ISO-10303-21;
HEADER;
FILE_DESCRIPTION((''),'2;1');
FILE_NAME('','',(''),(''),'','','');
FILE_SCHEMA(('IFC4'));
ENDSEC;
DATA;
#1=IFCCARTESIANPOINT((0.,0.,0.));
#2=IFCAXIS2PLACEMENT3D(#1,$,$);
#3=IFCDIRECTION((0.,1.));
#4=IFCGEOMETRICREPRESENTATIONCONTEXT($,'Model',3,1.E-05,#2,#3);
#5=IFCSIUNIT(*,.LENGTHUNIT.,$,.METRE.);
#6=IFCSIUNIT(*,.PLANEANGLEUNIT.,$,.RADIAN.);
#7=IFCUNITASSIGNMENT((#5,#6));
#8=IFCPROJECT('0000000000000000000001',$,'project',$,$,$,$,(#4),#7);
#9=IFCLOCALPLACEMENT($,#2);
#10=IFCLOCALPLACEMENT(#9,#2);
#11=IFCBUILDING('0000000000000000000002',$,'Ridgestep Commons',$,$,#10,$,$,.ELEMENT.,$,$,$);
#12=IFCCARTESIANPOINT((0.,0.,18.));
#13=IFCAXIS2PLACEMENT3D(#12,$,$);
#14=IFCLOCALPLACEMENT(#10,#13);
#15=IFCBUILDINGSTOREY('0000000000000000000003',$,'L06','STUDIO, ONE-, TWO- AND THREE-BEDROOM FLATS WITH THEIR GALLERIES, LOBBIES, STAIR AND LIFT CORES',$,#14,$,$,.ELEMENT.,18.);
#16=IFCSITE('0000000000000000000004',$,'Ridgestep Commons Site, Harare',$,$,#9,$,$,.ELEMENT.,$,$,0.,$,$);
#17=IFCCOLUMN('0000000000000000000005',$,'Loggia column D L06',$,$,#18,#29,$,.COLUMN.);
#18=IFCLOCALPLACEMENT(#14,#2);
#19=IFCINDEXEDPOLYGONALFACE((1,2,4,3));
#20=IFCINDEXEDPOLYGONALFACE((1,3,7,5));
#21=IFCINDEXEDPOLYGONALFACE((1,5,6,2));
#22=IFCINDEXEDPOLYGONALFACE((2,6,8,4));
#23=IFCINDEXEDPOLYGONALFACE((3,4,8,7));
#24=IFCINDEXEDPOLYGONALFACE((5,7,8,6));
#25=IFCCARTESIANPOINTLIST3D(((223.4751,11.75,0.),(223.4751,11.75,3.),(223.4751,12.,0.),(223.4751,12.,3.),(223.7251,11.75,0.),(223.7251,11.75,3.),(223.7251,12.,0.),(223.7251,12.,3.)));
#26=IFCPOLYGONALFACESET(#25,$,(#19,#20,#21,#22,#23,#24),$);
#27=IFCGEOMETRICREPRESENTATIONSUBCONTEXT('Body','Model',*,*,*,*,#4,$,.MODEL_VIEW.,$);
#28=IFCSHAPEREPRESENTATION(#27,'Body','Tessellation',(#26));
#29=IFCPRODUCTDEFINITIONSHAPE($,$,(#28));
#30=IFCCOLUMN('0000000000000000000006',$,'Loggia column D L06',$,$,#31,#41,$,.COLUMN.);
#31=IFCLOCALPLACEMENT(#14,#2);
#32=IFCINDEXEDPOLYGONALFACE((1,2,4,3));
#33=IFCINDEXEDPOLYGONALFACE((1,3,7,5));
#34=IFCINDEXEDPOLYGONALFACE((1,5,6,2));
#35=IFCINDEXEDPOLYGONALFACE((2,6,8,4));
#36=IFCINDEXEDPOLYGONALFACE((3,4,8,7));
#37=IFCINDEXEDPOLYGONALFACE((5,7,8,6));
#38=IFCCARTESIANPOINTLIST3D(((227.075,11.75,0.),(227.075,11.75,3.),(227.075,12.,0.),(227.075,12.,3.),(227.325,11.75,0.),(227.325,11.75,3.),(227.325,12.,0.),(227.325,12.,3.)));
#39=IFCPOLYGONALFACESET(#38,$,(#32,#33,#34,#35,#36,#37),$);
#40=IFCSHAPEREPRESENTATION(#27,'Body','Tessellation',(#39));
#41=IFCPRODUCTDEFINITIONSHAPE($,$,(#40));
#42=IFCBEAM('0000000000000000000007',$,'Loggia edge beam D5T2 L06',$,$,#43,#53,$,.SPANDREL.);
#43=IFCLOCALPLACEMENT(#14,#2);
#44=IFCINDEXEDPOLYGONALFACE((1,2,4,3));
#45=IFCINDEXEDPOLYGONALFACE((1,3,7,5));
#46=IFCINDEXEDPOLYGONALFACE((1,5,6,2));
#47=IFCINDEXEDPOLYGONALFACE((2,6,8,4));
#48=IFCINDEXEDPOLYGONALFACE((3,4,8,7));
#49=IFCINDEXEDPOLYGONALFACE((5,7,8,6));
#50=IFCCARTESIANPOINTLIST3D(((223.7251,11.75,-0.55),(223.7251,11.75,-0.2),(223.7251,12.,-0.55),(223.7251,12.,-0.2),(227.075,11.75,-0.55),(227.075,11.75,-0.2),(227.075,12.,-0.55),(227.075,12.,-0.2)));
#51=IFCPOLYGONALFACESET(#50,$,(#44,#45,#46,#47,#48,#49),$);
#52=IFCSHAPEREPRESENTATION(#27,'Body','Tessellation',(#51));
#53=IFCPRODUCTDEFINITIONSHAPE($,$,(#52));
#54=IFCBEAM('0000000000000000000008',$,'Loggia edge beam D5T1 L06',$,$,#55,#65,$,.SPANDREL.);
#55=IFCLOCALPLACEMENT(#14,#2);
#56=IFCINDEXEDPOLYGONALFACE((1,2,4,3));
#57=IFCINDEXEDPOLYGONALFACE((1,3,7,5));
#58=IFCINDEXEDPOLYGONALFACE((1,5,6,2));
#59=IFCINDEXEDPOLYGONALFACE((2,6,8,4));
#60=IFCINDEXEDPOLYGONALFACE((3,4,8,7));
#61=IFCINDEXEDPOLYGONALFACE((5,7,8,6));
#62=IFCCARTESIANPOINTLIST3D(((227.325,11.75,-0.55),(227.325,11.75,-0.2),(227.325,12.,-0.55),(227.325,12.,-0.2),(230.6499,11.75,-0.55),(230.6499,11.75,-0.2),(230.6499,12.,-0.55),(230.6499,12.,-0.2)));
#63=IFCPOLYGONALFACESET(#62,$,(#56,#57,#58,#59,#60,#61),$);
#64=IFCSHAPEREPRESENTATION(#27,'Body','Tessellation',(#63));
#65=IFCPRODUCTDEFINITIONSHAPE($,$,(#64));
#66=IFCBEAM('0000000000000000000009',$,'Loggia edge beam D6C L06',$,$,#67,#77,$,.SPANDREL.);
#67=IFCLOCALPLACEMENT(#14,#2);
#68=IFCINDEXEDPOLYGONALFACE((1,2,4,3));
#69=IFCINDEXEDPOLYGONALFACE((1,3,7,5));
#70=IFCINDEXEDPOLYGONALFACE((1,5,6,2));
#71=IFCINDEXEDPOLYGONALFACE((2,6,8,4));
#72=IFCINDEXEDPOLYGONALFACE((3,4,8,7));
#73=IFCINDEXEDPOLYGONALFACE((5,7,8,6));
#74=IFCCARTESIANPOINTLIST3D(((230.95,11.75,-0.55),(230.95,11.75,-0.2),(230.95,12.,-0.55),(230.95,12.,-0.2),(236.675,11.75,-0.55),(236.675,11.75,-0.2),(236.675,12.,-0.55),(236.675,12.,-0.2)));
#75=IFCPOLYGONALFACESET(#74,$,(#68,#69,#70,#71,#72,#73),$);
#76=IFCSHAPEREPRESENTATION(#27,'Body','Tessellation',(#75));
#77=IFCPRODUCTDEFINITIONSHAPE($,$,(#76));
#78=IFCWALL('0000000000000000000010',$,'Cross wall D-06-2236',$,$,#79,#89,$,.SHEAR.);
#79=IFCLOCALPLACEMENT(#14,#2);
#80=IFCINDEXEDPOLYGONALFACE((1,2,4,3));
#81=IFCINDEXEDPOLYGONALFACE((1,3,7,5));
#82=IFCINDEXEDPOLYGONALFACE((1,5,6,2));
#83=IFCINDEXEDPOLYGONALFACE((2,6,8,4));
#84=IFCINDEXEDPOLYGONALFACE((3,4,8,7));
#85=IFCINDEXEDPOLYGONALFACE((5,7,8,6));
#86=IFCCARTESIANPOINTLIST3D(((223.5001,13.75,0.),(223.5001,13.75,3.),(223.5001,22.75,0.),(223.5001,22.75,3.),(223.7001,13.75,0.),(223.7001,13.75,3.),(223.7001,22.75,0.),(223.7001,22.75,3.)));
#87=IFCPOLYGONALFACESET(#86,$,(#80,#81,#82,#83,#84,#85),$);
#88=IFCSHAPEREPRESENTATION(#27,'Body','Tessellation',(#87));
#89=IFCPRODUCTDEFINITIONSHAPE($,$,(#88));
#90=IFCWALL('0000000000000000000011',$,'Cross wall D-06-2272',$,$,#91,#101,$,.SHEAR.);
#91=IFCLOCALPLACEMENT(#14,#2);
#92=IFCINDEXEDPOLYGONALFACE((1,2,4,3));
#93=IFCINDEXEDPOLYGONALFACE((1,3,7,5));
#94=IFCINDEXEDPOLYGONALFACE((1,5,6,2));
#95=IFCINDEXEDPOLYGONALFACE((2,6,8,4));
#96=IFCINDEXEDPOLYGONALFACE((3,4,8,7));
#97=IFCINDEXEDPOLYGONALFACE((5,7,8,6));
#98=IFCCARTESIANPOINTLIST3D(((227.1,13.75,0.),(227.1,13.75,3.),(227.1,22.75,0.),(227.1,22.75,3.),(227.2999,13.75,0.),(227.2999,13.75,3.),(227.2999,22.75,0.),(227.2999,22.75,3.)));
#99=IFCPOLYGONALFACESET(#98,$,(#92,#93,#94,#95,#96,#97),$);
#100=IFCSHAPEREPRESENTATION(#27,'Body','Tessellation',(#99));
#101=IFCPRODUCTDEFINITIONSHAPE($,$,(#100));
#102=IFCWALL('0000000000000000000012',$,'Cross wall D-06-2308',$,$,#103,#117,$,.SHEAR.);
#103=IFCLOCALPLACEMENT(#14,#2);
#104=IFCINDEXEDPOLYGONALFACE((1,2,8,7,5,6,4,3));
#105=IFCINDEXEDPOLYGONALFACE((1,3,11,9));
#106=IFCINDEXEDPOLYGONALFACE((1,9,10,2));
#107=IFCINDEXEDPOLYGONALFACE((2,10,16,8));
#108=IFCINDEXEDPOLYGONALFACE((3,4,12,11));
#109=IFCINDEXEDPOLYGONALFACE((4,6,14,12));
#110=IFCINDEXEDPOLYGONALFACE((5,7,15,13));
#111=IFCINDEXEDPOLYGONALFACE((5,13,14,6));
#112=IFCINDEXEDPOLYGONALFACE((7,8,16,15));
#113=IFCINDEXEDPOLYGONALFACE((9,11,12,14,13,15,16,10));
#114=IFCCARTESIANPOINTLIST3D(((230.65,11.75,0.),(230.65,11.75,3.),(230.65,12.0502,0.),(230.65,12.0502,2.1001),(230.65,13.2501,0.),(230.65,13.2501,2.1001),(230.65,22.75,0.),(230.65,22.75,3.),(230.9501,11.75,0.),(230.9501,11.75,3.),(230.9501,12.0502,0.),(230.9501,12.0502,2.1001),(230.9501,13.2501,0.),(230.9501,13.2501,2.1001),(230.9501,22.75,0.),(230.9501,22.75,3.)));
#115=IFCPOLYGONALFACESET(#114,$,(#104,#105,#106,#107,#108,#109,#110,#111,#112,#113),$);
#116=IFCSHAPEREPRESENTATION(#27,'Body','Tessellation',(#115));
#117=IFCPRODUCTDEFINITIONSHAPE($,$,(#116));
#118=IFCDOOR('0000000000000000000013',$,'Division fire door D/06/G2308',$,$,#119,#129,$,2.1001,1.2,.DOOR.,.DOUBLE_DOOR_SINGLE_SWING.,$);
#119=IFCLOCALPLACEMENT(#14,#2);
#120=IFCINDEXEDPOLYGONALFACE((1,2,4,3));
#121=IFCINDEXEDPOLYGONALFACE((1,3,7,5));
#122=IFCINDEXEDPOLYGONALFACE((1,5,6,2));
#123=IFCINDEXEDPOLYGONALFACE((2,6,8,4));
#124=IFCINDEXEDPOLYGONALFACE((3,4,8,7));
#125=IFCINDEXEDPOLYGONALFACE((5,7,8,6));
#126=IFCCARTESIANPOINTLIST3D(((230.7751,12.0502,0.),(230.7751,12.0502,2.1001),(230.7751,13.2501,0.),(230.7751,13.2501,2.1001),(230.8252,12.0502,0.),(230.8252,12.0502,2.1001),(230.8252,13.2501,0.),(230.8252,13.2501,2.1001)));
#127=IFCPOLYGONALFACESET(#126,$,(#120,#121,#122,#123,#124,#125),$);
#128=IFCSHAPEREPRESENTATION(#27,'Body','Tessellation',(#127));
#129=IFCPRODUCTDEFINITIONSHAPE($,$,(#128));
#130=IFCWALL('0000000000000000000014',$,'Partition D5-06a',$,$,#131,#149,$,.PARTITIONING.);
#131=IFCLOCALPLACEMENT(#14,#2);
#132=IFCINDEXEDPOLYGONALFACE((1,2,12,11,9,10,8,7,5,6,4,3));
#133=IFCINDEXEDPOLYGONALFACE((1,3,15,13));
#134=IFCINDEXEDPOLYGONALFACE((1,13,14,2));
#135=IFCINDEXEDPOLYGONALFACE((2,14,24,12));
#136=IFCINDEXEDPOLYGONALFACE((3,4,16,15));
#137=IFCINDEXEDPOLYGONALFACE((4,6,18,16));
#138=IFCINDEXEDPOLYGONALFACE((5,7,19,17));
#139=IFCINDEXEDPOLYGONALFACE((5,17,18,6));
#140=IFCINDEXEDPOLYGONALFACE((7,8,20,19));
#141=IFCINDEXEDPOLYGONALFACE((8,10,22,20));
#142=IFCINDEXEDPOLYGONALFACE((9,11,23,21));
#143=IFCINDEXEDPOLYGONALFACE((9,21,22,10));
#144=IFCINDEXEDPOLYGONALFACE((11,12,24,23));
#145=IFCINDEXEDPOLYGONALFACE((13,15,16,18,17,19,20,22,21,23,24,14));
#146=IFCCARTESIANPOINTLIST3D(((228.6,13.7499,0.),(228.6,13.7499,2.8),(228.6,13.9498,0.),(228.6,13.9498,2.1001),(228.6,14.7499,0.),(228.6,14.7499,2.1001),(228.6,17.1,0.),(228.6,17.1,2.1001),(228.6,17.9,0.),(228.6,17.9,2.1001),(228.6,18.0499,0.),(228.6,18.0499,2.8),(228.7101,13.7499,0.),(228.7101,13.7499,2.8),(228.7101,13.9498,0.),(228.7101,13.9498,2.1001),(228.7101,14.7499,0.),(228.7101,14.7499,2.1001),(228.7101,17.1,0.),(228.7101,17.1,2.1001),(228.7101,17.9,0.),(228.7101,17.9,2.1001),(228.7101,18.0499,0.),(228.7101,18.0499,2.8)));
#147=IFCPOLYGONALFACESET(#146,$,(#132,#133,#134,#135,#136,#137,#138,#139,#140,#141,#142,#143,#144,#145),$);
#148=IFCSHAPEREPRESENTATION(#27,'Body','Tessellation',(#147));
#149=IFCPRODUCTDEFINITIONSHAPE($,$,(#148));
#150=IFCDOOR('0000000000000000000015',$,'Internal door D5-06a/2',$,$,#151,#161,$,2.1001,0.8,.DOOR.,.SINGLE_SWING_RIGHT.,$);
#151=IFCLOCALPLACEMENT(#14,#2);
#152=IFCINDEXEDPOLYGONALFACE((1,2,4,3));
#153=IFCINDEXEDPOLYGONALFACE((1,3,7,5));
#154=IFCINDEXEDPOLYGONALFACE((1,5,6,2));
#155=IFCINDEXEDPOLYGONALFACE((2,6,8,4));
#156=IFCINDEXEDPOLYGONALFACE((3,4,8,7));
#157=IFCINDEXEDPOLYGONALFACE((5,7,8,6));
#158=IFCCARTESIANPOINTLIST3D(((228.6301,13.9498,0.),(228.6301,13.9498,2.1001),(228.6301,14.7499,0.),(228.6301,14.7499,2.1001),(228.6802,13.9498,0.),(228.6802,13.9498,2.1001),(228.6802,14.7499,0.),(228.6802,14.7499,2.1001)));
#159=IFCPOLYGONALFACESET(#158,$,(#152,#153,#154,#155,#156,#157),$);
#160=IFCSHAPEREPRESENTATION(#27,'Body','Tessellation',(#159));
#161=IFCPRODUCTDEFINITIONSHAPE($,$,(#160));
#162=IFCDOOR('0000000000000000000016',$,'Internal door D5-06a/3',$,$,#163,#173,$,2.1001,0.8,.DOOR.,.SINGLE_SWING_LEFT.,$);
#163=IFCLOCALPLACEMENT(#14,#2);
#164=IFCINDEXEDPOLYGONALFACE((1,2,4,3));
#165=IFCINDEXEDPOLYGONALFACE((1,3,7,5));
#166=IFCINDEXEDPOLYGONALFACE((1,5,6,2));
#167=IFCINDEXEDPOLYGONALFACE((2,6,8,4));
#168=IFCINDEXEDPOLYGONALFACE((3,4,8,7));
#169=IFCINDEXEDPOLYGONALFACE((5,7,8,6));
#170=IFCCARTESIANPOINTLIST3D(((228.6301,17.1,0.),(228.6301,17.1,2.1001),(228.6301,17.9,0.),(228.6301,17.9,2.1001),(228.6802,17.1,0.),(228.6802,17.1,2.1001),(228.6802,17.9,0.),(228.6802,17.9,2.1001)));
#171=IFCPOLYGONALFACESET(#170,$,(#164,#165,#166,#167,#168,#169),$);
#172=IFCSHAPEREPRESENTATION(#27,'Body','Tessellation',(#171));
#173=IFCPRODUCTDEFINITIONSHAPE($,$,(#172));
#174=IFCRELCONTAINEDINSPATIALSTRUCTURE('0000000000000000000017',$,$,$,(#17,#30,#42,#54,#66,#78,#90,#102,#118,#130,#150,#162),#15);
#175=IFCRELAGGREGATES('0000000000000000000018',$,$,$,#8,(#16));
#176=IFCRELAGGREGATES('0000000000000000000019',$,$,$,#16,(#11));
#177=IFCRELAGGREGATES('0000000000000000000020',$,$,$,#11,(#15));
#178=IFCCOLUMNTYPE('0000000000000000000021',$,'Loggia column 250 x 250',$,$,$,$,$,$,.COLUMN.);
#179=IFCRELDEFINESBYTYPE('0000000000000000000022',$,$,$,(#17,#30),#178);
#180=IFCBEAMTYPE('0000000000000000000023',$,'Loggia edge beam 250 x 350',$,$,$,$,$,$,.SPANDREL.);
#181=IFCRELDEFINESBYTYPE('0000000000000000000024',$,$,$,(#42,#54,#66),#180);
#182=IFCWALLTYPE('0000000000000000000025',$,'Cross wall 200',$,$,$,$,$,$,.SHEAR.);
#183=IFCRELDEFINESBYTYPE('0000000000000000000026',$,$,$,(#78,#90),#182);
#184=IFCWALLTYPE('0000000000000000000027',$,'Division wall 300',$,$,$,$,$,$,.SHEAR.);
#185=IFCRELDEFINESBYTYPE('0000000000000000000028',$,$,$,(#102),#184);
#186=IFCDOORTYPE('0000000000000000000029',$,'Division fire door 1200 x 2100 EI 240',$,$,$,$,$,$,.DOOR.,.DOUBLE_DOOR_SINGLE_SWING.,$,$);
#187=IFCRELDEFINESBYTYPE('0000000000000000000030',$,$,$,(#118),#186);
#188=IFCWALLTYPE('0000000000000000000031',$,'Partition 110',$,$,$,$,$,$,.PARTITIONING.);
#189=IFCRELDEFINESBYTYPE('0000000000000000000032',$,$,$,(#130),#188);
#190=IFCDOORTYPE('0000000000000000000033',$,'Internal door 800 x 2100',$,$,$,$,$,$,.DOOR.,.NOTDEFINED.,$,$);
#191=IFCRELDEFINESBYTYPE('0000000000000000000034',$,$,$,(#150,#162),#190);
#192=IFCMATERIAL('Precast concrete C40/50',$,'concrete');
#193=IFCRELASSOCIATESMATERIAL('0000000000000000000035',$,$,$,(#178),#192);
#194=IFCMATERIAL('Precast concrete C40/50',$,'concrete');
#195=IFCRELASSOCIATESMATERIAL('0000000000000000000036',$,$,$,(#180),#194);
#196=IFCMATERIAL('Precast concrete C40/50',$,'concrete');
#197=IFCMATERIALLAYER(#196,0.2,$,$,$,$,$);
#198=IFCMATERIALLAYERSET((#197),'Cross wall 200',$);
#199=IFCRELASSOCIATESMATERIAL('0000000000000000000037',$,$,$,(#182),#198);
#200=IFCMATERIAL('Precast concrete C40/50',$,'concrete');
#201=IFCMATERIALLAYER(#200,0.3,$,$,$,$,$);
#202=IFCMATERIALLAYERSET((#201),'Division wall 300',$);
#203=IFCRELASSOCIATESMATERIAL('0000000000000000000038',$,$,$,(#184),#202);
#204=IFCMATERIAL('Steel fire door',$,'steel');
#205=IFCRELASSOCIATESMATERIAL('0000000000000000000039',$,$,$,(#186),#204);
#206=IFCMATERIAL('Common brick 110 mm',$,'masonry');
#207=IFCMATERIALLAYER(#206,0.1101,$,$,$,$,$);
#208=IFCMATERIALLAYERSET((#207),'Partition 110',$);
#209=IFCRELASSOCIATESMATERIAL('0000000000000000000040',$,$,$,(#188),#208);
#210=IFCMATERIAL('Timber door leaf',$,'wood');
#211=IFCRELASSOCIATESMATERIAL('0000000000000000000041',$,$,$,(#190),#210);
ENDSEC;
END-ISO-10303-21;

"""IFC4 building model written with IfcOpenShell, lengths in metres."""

from ifc_helpers import new_model, si_unit, direction, frame, frame_2d, origin, origin_2d, place, context, subcontext, project, spatial, rectangle, extrude, material, layer, layer_set, material_profile, profile_set, type_object, element, fill, save


model = new_model("IFC4")

# Units and contexts
model_context = context("Model", 3, precision=1e-05, world=origin(), true_north=direction((0.0, 1.0)))
body_context = subcontext(model_context, "Body", "Model", "MODEL_VIEW")
ifc_project = project(units=[si_unit("LENGTHUNIT", "METRE"), si_unit("PLANEANGLEUNIT", "RADIAN")], contexts=[model_context])

# Site, building, storey
site_placement = place(None, origin())
site = spatial("IfcSite", under=ifc_project, at=site_placement, Name="Ridgestep Commons Site, Harare", CompositionType="ELEMENT", RefElevation=0.0)
building_placement = place(site_placement, origin())
building = spatial("IfcBuilding", under=site, at=building_placement, Name="Ridgestep Commons", CompositionType="ELEMENT")
storey_placement = place(building_placement, frame((0.0, 0.0, 18.0)))
storey = spatial("IfcBuildingStorey", under=building, at=storey_placement, Name="L06", Description="STUDIO, ONE-, TWO- AND THREE-BEDROOM FLATS WITH THEIR GALLERIES, LOBBIES, STAIR AND LIFT CORES", CompositionType="ELEMENT", Elevation=18.0)

# Columns
ifc_material_1 = material(Name="Precast concrete C40/50", Category="concrete")
ifc_material_profile_1 = material_profile(ifc_material_1, rectangle(XDim=0.25, YDim=0.25, at=origin_2d()), Name="PC 250x250")
ifc_profile_set_1 = profile_set([ifc_material_profile_1], Name="Precast concrete C40/50")
column_type = type_object("IfcColumnType", Name="Loggia column 250 x 250", PredefinedType="COLUMN", material=ifc_profile_set_1)
for number, where, z_axis, x_axis, name in (
    (1, (223.6001, 11.875, 0.0), (0.0, 0.0, 1.0), (1.0, 0.0, 0.0), "Loggia column D L06"),
    (2, (227.2, 11.875, 0.0), (0.0, 0.0, 1.0), (1.0, 0.0, 0.0), "Loggia column D L06"),
):
    element("IfcColumn", number, at=place(storey_placement, frame(where, z_axis=z_axis, x_axis=x_axis)), inside=storey, type_object=column_type, Name=name, PredefinedType="COLUMN", context=body_context, shape_type="SweptSolid", body=[
        extrude(rectangle(XDim=0.25, YDim=0.25, at=origin_2d()), origin(), (0.0, 0.0, 1.0), 3.0),
    ])

# Beams
ifc_material_2 = material(Name="Precast concrete C40/50", Category="concrete")
ifc_material_profile_2 = material_profile(ifc_material_2, rectangle(XDim=0.25, YDim=0.3501, at=origin_2d()), Name="PC 250x350")
ifc_profile_set_2 = profile_set([ifc_material_profile_2], Name="Precast concrete C40/50")
beam_type = type_object("IfcBeamType", Name="Loggia edge beam 250 x 350", PredefinedType="SPANDREL", material=ifc_profile_set_2)
beam_1_placement = place(storey_placement, frame((223.7251, 11.875, -0.375), z_axis=(1.0, 0.0, 0.0), x_axis=(0.0, 1.0, 0.0)))
element("IfcBeam", 3, at=beam_1_placement, inside=storey, type_object=beam_type, Name="Loggia edge beam D5T2 L06", PredefinedType="SPANDREL", context=body_context, shape_type="SweptSolid", body=[
    extrude(rectangle(XDim=0.25, YDim=0.3501, at=origin_2d()), origin(), (0.0, 0.0, 1.0), 3.3499),
])
beam_2_placement = place(storey_placement, frame((227.325, 11.875, -0.375), z_axis=(1.0, 0.0, 0.0), x_axis=(0.0, 1.0, 0.0)))
element("IfcBeam", 4, at=beam_2_placement, inside=storey, type_object=beam_type, Name="Loggia edge beam D5T1 L06", PredefinedType="SPANDREL", context=body_context, shape_type="SweptSolid", body=[
    extrude(rectangle(XDim=0.25, YDim=0.3501, at=origin_2d()), origin(), (0.0, 0.0, 1.0), 3.325),
])
beam_3_placement = place(storey_placement, frame((230.95, 11.875, -0.375), z_axis=(1.0, 0.0, 0.0), x_axis=(0.0, 1.0, 0.0)))
element("IfcBeam", 5, at=beam_3_placement, inside=storey, type_object=beam_type, Name="Loggia edge beam D6C L06", PredefinedType="SPANDREL", context=body_context, shape_type="SweptSolid", body=[
    extrude(rectangle(XDim=0.25, YDim=0.3501, at=origin_2d()), origin(), (0.0, 0.0, 1.0), 5.7251),
])

# Walls
ifc_material_3 = material(Name="Precast concrete C40/50", Category="concrete")
ifc_layer_1 = layer(ifc_material_3, 0.2)
ifc_layer_set_1 = layer_set([ifc_layer_1], Name="Cross wall 200")
wall_type_1 = type_object("IfcWallType", Name="Cross wall 200", PredefinedType="SHEAR", material=ifc_layer_set_1)
for number, where, z_axis, x_axis, name in (
    (6, (223.6001, 13.75, 0.0), (0.0, 0.0, 1.0), (0.0, 1.0, 0.0), "Cross wall D-06-2236"),
    (7, (227.2, 13.75, 0.0), (0.0, 0.0, 1.0), (0.0, 1.0, 0.0), "Cross wall D-06-2272"),
):
    element("IfcWall", number, at=place(storey_placement, frame(where, z_axis=z_axis, x_axis=x_axis)), inside=storey, type_object=wall_type_1, Name=name, PredefinedType="SHEAR", context=body_context, shape_type="SweptSolid", body=[
        extrude(rectangle(XDim=9.0, YDim=0.2, at=frame_2d((4.5, 0.0))), origin(), (0.0, 0.0, 1.0), 3.0),
    ])

# Wall, opening, door
ifc_material_4 = material(Name="Precast concrete C40/50", Category="concrete")
ifc_layer_2 = layer(ifc_material_4, 0.3)
ifc_layer_set_2 = layer_set([ifc_layer_2], Name="Division wall 300")
wall_type_2 = type_object("IfcWallType", Name="Division wall 300", PredefinedType="SHEAR", material=ifc_layer_set_2)
wall_1_placement = place(storey_placement, frame((230.8, 11.75, 0.0), z_axis=(0.0, 0.0, 1.0), x_axis=(0.0, 1.0, 0.0)))
wall_1 = element("IfcWall", 8, at=wall_1_placement, inside=storey, type_object=wall_type_2, Name="Cross wall D-06-2308", PredefinedType="SHEAR", context=body_context, shape_type="SweptSolid", body=[
    extrude(rectangle(XDim=11.0, YDim=0.3, at=frame_2d((5.5, 0.0))), origin(), (0.0, 0.0, 1.0), 3.0),
])
opening_1_placement = place(wall_1_placement, frame((0.3, 0.0, 0.0)))
opening_1 = element("IfcOpeningElement", 9, at=opening_1_placement, cuts=wall_1, PredefinedType="OPENING", context=body_context, shape_type="SweptSolid", body=[
    extrude(rectangle(XDim=1.2, YDim=2.1001, at=frame_2d((0.6001, 1.05))), frame((0.0, 0.1599, 0.0), z_axis=(0.0, -1.0, 0.0), x_axis=(1.0, 0.0, 0.0)), (0.0, 0.0, 1.0), 0.3201),
])
ifc_material_5 = material(Name="Steel fire door", Category="steel")
door_type_1 = type_object("IfcDoorType", Name="Division fire door 1200 x 2100 EI 240", OperationType="DOUBLE_DOOR_SINGLE_SWING", PredefinedType="DOOR", material=ifc_material_5)
door_1_placement = place(opening_1_placement, origin())
door_1 = element("IfcDoor", 10, at=door_1_placement, inside=storey, type_object=door_type_1, Name="Division fire door D/06/G2308", OperationType="DOUBLE_DOOR_SINGLE_SWING", OverallHeight=2.1001, OverallWidth=1.2, PredefinedType="DOOR", context=body_context, shape_type="SweptSolid", body=[
    extrude(rectangle(XDim=1.2, YDim=2.1001, at=frame_2d((0.6001, 1.05))), frame((0.0, 0.0249, 0.0), z_axis=(0.0, -1.0, 0.0), x_axis=(1.0, 0.0, 0.0)), (0.0, 0.0, 1.0), 0.05),
])
fill(opening_1, door_1)

# Wall, openings, doors
ifc_material_6 = material(Name="Common brick 110 mm", Category="masonry")
ifc_layer_3 = layer(ifc_material_6, 0.1101)
ifc_layer_set_3 = layer_set([ifc_layer_3], Name="Partition 110")
wall_type_3 = type_object("IfcWallType", Name="Partition 110", PredefinedType="PARTITIONING", material=ifc_layer_set_3)
wall_2_placement = place(storey_placement, frame((228.655, 13.75, 0.0), z_axis=(0.0, 0.0, 1.0), x_axis=(0.0, 1.0, 0.0)))
wall_2 = element("IfcWall", 11, at=wall_2_placement, inside=storey, type_object=wall_type_3, Name="Partition D5-06a", PredefinedType="PARTITIONING", context=body_context, shape_type="SweptSolid", body=[
    extrude(rectangle(XDim=4.3, YDim=0.1101, at=frame_2d((2.1499, 0.0))), origin(), (0.0, 0.0, 1.0), 2.8),
])
opening_2_placement = place(wall_2_placement, frame((0.2, 0.0, 0.0)))
opening_2 = element("IfcOpeningElement", 12, at=opening_2_placement, cuts=wall_2, PredefinedType="OPENING", context=body_context, shape_type="SweptSolid", body=[
    extrude(rectangle(XDim=0.8, YDim=2.1001, at=frame_2d((0.3999, 1.05))), frame((0.0, 0.0649, 0.0), z_axis=(0.0, -1.0, 0.0), x_axis=(1.0, 0.0, 0.0)), (0.0, 0.0, 1.0), 0.1301),
])
opening_3_placement = place(wall_2_placement, frame((3.3501, 0.0, 0.0)))
opening_3 = element("IfcOpeningElement", 13, at=opening_3_placement, cuts=wall_2, PredefinedType="OPENING", context=body_context, shape_type="SweptSolid", body=[
    extrude(rectangle(XDim=0.8, YDim=2.1001, at=frame_2d((0.3999, 1.05))), frame((0.0, 0.0649, 0.0), z_axis=(0.0, -1.0, 0.0), x_axis=(1.0, 0.0, 0.0)), (0.0, 0.0, 1.0), 0.1301),
])
ifc_material_7 = material(Name="Timber door leaf", Category="wood")
door_type_2 = type_object("IfcDoorType", Name="Internal door 800 x 2100", OperationType="NOTDEFINED", PredefinedType="DOOR", material=ifc_material_7)
door_2_placement = place(opening_2_placement, origin())
door_2 = element("IfcDoor", 14, at=door_2_placement, inside=storey, type_object=door_type_2, Name="Internal door D5-06a/2", OperationType="SINGLE_SWING_RIGHT", OverallHeight=2.1001, OverallWidth=0.8, PredefinedType="DOOR", context=body_context, shape_type="SweptSolid", body=[
    extrude(rectangle(XDim=0.8, YDim=2.1001, at=frame_2d((0.3999, 1.05))), frame((0.0, 0.0249, 0.0), z_axis=(0.0, -1.0, 0.0), x_axis=(1.0, 0.0, 0.0)), (0.0, 0.0, 1.0), 0.05),
])
fill(opening_2, door_2)
door_3_placement = place(opening_3_placement, origin())
door_3 = element("IfcDoor", 15, at=door_3_placement, inside=storey, type_object=door_type_2, Name="Internal door D5-06a/3", OperationType="SINGLE_SWING_LEFT", OverallHeight=2.1001, OverallWidth=0.8, PredefinedType="DOOR", context=body_context, shape_type="SweptSolid", body=[
    extrude(rectangle(XDim=0.8, YDim=2.1001, at=frame_2d((0.3999, 1.05))), frame((0.0, 0.0249, 0.0), z_axis=(0.0, -1.0, 0.0), x_axis=(1.0, 0.0, 0.0)), (0.0, 0.0, 1.0), 0.05),
])
fill(opening_3, door_3)

save(model, "model.ifc")
